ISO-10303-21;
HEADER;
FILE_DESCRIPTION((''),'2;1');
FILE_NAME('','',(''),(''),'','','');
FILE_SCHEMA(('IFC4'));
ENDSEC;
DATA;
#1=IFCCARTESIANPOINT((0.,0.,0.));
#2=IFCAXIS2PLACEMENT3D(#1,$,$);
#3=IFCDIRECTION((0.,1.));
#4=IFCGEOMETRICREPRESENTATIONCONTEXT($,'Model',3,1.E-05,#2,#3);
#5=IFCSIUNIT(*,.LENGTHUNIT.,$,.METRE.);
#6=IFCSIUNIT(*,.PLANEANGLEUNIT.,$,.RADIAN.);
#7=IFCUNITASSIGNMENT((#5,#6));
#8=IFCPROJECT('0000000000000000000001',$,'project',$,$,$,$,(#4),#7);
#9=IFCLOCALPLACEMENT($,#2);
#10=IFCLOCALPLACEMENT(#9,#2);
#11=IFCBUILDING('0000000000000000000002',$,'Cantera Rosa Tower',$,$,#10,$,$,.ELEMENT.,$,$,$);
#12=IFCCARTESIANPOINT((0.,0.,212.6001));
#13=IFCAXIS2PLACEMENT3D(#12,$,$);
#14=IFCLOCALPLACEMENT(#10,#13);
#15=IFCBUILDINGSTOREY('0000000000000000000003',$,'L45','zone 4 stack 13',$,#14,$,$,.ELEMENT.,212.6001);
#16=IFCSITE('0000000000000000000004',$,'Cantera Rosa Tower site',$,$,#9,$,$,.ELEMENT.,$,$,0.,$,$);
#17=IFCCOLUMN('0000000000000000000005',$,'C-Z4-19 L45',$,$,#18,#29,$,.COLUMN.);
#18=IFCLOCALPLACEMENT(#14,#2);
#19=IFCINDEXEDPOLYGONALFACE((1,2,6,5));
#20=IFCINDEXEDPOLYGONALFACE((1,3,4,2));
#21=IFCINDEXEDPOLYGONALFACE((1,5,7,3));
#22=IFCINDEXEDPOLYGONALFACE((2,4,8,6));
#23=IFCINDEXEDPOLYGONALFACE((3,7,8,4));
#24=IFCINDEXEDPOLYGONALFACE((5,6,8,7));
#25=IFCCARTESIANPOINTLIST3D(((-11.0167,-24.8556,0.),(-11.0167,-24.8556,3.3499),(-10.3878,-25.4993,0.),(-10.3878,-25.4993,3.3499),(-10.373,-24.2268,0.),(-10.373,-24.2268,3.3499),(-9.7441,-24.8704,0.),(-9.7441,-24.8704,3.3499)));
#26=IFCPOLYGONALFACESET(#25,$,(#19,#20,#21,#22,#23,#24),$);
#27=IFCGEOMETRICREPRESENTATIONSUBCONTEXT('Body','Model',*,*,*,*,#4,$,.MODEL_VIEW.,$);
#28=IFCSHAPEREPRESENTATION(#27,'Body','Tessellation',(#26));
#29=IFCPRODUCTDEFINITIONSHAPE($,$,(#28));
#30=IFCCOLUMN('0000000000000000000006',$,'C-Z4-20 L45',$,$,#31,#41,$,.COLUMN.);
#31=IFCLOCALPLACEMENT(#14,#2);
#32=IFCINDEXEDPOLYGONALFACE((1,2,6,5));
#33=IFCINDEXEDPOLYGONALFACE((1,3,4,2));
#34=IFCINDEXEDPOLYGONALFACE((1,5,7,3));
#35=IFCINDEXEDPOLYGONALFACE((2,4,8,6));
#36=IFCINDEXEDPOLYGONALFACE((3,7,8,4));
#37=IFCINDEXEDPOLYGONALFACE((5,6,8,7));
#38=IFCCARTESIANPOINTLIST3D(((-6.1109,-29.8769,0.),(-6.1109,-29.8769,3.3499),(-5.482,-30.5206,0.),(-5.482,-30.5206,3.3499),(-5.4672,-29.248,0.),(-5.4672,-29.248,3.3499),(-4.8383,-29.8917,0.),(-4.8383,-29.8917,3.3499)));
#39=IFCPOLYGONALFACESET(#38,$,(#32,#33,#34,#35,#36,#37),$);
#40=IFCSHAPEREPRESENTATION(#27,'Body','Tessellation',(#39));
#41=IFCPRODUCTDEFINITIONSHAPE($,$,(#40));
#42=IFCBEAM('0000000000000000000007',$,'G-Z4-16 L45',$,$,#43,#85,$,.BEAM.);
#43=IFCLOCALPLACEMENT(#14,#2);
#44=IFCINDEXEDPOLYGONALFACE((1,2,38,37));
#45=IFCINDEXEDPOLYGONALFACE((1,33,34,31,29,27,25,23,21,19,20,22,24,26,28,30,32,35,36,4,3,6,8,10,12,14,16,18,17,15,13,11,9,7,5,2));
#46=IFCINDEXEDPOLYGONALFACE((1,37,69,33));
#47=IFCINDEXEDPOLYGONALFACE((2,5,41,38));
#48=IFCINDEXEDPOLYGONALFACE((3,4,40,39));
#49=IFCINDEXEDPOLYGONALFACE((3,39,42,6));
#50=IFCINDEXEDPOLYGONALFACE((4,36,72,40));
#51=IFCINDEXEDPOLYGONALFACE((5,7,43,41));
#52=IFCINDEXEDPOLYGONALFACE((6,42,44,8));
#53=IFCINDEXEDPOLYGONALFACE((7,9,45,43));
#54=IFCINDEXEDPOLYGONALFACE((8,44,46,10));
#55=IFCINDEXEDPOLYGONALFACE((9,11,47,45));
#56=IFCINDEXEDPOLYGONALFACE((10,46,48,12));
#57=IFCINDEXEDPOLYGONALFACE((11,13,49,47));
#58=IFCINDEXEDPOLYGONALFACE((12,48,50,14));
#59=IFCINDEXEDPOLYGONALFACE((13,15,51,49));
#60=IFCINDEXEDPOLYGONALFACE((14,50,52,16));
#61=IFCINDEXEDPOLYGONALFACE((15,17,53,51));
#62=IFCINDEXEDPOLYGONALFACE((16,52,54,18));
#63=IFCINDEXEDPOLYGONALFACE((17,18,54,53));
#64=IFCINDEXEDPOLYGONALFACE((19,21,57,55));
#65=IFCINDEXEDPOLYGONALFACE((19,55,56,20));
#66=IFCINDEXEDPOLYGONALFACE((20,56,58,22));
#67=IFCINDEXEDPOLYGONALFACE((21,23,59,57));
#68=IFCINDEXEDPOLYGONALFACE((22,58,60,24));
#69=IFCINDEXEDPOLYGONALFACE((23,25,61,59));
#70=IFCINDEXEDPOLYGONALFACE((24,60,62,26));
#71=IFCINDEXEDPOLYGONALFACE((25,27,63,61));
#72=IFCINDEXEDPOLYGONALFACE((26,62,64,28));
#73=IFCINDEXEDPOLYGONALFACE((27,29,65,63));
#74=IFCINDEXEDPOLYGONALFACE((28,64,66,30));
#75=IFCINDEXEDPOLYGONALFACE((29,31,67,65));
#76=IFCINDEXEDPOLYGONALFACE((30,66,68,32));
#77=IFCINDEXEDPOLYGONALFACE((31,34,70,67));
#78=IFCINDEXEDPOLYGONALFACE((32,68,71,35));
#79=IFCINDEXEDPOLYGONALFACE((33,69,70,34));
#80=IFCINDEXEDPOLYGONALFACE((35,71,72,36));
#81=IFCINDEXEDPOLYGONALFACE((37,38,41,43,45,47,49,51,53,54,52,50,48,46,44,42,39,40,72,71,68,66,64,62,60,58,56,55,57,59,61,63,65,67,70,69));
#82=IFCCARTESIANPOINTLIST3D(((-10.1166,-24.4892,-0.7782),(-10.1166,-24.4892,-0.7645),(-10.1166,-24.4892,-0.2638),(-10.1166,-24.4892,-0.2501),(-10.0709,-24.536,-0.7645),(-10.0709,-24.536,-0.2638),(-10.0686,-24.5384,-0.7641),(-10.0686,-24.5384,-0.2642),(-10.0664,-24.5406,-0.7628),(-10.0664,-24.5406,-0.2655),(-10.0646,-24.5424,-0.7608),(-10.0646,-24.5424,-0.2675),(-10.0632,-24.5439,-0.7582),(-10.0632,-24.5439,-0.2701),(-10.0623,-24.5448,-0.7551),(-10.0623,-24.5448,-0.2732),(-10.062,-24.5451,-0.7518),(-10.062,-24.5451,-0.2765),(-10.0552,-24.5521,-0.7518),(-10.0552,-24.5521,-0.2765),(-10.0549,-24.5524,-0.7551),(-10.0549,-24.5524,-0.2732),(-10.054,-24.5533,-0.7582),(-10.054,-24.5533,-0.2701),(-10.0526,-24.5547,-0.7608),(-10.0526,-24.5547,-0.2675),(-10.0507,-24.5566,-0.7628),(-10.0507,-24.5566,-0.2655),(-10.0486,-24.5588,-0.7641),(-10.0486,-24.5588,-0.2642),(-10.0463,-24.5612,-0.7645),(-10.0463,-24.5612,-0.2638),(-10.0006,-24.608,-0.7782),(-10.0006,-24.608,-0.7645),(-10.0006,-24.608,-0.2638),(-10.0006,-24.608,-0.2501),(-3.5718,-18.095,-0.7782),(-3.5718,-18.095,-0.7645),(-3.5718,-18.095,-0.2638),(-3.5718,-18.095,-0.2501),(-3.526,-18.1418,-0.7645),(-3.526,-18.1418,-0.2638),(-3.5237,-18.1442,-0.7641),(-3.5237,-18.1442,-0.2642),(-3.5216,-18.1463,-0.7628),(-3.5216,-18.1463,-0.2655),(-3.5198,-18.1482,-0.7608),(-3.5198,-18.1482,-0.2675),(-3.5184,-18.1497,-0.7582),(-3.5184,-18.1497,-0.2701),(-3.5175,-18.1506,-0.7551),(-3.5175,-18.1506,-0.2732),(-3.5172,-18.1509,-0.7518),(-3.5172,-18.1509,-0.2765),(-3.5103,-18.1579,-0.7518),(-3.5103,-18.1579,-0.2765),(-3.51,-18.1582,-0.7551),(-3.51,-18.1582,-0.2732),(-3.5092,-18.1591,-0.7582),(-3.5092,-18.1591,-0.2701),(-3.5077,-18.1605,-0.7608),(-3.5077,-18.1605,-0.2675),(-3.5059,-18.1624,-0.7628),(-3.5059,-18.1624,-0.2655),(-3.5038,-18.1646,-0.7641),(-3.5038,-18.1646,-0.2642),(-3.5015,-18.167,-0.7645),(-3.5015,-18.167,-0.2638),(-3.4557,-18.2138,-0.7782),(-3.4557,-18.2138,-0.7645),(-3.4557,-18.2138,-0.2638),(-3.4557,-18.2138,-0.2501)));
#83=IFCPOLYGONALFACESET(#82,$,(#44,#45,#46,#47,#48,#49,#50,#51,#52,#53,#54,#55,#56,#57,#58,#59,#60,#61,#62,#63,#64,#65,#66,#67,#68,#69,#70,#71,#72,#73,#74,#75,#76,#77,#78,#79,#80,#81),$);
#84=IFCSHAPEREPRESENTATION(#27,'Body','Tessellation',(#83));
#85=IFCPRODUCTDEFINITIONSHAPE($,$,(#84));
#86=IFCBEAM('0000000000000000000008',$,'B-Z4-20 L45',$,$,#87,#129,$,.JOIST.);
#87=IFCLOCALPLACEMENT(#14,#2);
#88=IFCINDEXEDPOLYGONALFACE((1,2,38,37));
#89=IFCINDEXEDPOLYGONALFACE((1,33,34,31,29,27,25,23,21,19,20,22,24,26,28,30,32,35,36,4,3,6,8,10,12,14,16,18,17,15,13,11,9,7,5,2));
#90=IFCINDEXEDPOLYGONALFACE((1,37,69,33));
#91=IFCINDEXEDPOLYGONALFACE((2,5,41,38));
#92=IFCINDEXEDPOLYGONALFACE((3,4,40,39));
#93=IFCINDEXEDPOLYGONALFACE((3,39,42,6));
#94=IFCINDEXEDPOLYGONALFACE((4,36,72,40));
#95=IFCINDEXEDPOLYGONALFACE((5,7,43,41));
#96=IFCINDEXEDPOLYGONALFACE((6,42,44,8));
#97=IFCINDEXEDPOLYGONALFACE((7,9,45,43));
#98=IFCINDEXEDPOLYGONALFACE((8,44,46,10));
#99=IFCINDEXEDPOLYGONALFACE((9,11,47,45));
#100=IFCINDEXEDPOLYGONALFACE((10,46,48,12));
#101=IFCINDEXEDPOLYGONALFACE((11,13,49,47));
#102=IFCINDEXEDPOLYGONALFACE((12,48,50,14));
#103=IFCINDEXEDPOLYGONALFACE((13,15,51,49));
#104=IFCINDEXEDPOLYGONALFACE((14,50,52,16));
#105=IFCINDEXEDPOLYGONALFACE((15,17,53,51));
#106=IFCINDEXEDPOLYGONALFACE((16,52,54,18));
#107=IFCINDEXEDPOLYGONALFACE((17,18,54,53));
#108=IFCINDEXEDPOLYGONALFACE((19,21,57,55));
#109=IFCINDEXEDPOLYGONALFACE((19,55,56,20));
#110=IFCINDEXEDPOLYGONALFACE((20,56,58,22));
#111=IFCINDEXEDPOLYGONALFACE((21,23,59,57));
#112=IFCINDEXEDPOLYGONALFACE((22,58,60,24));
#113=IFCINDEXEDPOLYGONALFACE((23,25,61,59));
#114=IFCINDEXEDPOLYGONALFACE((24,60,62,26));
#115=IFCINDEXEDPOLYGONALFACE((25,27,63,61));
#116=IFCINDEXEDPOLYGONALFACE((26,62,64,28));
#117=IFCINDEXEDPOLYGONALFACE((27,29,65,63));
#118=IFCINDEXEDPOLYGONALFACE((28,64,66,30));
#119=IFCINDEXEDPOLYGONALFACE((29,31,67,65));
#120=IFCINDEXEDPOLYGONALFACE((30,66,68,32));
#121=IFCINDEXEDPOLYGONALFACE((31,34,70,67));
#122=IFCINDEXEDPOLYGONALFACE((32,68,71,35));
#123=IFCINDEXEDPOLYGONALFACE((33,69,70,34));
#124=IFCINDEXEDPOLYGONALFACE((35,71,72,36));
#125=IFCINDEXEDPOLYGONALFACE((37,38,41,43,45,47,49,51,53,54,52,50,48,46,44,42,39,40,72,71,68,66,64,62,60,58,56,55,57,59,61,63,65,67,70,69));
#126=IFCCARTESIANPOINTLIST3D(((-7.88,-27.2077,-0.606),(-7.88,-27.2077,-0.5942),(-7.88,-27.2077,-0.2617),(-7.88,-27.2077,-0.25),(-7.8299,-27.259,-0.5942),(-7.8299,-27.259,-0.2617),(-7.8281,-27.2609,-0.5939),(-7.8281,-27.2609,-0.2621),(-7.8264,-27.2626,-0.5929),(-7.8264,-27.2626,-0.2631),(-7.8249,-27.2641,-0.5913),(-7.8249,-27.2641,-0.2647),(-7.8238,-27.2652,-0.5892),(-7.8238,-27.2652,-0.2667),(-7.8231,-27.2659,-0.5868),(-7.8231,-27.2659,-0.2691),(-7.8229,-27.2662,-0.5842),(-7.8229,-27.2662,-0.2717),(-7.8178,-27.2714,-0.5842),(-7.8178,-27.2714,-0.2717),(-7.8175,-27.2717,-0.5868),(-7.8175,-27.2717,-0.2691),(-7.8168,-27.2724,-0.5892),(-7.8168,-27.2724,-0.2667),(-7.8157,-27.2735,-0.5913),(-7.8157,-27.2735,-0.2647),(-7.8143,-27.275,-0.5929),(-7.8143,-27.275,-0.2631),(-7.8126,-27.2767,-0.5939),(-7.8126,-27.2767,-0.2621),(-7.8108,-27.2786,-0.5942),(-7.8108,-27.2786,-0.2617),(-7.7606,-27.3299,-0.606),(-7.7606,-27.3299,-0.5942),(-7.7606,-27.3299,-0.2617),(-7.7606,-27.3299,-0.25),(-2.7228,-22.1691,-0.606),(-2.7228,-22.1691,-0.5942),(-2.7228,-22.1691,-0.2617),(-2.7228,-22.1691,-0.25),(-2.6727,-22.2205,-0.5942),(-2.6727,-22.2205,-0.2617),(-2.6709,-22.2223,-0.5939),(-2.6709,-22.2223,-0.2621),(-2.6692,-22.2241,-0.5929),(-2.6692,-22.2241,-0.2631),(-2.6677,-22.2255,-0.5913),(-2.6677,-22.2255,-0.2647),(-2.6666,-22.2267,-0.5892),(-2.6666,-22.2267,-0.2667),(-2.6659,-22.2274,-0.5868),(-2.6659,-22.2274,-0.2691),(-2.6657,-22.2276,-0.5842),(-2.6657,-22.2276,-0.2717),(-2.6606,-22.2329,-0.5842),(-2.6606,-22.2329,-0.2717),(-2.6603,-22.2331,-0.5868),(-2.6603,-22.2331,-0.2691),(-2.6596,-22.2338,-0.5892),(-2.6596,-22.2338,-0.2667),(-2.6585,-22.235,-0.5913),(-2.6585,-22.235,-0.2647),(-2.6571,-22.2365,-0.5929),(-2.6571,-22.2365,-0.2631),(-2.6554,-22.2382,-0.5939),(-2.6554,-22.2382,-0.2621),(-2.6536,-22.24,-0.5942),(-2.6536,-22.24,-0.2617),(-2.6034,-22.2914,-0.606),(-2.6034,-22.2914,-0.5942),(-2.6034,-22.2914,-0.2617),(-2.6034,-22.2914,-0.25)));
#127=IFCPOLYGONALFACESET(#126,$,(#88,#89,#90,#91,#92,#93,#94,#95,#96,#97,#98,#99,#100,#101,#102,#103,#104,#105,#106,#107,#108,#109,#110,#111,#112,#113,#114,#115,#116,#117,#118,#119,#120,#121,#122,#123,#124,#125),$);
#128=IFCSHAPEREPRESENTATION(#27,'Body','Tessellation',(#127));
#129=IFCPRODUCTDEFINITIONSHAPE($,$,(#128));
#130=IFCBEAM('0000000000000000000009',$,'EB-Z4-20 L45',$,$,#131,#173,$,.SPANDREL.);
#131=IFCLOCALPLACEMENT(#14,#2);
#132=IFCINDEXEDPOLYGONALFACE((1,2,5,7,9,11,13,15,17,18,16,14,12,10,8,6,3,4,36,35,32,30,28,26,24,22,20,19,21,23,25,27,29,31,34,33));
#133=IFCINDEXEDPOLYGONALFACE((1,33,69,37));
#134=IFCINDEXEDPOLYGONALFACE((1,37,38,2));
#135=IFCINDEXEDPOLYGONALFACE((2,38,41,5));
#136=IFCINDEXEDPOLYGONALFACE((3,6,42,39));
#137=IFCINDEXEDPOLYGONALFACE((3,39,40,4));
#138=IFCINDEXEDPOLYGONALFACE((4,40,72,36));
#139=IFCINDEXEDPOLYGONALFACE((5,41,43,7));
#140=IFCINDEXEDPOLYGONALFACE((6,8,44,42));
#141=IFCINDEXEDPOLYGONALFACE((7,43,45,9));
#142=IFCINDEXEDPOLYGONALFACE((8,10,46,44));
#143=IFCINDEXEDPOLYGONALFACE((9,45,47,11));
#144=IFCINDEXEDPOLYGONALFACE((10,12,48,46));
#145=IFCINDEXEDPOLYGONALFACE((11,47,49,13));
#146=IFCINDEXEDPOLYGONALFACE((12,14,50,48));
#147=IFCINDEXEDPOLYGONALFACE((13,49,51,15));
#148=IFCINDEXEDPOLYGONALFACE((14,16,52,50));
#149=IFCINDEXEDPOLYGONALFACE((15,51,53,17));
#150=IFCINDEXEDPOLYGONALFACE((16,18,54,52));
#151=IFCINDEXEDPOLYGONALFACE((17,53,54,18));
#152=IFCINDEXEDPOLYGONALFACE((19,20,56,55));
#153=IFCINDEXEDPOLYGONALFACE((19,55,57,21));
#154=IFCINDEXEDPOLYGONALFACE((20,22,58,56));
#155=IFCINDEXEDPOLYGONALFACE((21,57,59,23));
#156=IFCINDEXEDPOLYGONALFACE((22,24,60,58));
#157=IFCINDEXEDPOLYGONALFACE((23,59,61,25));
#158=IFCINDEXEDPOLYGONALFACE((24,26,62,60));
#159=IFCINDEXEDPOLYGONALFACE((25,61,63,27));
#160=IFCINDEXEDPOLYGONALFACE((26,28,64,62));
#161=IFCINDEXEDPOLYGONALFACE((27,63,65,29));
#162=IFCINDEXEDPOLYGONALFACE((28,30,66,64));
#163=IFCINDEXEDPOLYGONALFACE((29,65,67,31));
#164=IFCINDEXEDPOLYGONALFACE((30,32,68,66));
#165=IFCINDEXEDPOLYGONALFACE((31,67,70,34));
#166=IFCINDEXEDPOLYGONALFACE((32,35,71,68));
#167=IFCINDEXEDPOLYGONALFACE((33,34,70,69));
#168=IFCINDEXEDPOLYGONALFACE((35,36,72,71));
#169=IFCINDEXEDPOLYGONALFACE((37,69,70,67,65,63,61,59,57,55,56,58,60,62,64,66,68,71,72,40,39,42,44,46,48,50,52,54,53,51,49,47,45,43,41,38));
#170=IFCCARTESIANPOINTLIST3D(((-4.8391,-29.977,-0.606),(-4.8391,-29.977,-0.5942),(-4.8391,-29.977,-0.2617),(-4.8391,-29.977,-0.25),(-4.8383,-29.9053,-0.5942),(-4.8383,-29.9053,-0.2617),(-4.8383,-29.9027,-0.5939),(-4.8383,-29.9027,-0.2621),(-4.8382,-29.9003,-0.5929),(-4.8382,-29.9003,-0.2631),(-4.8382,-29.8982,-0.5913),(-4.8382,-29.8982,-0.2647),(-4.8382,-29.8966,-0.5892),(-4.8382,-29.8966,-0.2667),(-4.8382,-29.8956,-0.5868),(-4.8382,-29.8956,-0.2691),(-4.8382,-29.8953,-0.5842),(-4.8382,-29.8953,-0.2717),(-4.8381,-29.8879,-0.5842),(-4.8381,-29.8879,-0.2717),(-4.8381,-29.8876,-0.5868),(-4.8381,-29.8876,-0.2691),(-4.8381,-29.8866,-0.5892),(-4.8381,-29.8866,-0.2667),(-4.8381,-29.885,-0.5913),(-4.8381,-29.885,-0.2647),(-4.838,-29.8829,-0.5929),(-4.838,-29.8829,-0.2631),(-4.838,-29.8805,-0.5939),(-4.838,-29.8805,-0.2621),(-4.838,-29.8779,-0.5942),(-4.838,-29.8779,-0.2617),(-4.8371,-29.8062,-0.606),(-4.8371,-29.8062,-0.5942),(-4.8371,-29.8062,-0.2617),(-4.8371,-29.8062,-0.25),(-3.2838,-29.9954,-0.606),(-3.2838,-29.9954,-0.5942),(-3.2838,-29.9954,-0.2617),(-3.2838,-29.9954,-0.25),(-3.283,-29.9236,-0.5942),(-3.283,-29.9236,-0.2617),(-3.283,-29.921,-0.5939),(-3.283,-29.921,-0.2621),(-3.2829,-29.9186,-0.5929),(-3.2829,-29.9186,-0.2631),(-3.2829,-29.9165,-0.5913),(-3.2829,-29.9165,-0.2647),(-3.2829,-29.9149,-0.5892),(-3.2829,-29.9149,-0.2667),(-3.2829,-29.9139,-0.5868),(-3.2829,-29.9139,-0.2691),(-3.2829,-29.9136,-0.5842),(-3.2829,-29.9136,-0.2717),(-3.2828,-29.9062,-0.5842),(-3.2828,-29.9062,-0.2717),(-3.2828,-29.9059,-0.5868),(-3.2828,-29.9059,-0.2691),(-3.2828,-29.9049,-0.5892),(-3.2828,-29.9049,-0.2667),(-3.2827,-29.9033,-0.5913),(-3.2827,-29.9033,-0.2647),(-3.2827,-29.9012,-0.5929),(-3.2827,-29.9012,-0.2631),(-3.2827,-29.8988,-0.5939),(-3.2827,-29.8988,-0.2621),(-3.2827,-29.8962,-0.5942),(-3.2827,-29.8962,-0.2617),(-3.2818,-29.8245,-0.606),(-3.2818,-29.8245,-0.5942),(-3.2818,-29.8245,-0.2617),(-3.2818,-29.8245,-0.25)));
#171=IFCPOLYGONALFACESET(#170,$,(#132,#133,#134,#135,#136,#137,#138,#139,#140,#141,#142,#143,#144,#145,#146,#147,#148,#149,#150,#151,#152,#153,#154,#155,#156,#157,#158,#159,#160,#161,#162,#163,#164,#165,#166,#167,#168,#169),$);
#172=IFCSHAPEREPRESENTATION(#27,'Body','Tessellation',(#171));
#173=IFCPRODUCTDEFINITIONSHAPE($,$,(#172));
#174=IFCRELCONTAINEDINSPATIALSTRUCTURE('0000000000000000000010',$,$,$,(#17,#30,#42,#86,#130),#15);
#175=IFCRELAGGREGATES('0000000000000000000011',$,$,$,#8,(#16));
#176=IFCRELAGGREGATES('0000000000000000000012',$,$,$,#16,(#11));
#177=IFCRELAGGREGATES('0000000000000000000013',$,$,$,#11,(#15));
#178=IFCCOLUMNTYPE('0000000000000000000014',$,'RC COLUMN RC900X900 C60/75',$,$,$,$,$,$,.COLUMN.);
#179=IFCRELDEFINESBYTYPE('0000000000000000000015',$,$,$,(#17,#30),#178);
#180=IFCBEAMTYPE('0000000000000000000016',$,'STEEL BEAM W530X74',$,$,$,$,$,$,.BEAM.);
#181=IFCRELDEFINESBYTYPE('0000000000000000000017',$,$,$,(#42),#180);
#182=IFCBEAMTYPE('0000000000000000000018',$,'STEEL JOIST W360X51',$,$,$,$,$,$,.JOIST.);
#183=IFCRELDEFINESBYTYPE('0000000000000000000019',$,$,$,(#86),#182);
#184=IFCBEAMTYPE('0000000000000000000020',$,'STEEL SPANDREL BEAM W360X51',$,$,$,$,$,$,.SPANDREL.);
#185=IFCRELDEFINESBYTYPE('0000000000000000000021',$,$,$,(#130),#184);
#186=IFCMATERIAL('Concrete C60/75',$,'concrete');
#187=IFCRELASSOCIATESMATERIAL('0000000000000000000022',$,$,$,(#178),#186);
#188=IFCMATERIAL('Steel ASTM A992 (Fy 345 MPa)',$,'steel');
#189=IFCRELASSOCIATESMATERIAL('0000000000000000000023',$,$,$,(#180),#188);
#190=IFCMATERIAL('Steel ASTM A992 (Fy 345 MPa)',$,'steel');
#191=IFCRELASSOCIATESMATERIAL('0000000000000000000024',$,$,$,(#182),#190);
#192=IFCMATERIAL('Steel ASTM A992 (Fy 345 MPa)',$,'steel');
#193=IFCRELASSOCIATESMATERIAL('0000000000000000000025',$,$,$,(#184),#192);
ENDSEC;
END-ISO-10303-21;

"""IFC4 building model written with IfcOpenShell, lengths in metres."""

from ifc_helpers import new_model, si_unit, direction, frame, origin, origin_2d, place, context, subcontext, project, spatial, rectangle, i_section, extrude, material, material_profile, profile_set, type_object, element, save


model = new_model("IFC4")

# Units and contexts
model_context = context("Model", 3, precision=1e-05, world=origin(), true_north=direction((0.0, 1.0)))
body_context = subcontext(model_context, "Body", "Model", "MODEL_VIEW")
ifc_project = project(units=[si_unit("LENGTHUNIT", "METRE"), si_unit("PLANEANGLEUNIT", "RADIAN")], contexts=[model_context])

# Site, building, storey
site_placement = place(None, origin())
site = spatial("IfcSite", under=ifc_project, at=site_placement, Name="Cantera Rosa Tower site", CompositionType="ELEMENT", RefElevation=0.0)
building_placement = place(site_placement, origin())
building = spatial("IfcBuilding", under=site, at=building_placement, Name="Cantera Rosa Tower", CompositionType="ELEMENT")
storey_placement = place(building_placement, frame((0.0, 0.0, 212.6001)))
storey = spatial("IfcBuildingStorey", under=building, at=storey_placement, Name="L45", Description="zone 4 stack 13", CompositionType="ELEMENT", Elevation=212.6001)

# Columns
ifc_material_1 = material(Name="Concrete C60/75", Category="concrete")
ifc_material_profile_1 = material_profile(ifc_material_1, rectangle(XDim=0.8999, YDim=0.8999, at=origin_2d()), Name="RC COLUMN RC900X900 C60/75")
ifc_profile_set_1 = profile_set([ifc_material_profile_1], Name="Concrete C60/75")
column_type = type_object("IfcColumnType", Name="RC COLUMN RC900X900 C60/75", PredefinedType="COLUMN", material=ifc_profile_set_1)
for number, where, z_axis, x_axis, name in (
    (1, (-10.3804, -24.863, 0.0), (0.0, 0.0, 1.0), (0.715286, 0.698832, 0.0), "C-Z4-19 L45"),
    (2, (-5.4746, -29.8843, 0.0), (0.0, 0.0, 1.0), (0.715286, 0.698832, 0.0), "C-Z4-20 L45"),
):
    element("IfcColumn", number, at=place(storey_placement, frame(where, z_axis=z_axis, x_axis=x_axis)), inside=storey, type_object=column_type, Name=name, PredefinedType="COLUMN", context=body_context, shape_type="SweptSolid", body=[
        extrude(rectangle(XDim=0.8999, YDim=0.8999, at=origin_2d()), origin(), (0.0, 0.0, 1.0), 3.3499),
    ])

# Beams
ifc_material_2 = material(Name="Steel ASTM A992 (Fy 345 MPa)", Category="steel")
ifc_material_profile_2 = material_profile(ifc_material_2, i_section(OverallWidth=0.166, OverallDepth=0.5281, WebThickness=0.0098, FlangeThickness=0.0137, FilletRadius=0.0127, at=origin_2d()), Name="W530X74")
ifc_profile_set_2 = profile_set([ifc_material_profile_2], Name="Steel ASTM A992 (Fy 345 MPa)")
beam_type_1 = type_object("IfcBeamType", Name="STEEL BEAM W530X74", PredefinedType="BEAM", material=ifc_profile_set_2)
beam_1_placement = place(storey_placement, frame((-10.0586, -24.5486, -0.5142), z_axis=(0.71529, 0.698827, 0.0), x_axis=(-0.698827, 0.71529, 0.0)))
element("IfcBeam", 3, at=beam_1_placement, inside=storey, type_object=beam_type_1, Name="G-Z4-16 L45", PredefinedType="BEAM", context=body_context, shape_type="SweptSolid", body=[
    extrude(i_section(OverallWidth=0.166, OverallDepth=0.5281, WebThickness=0.0098, FlangeThickness=0.0137, FilletRadius=0.0127, at=origin_2d()), origin(), (0.0, 0.0, 1.0), 9.1499),
])
ifc_material_3 = material(Name="Steel ASTM A992 (Fy 345 MPa)", Category="steel")
ifc_material_profile_3 = material_profile(ifc_material_3, i_section(OverallWidth=0.1709, OverallDepth=0.356, WebThickness=0.0073, FlangeThickness=0.0117, FilletRadius=0.01, at=origin_2d()), Name="W360X51")
ifc_profile_set_3 = profile_set([ifc_material_profile_3], Name="Steel ASTM A992 (Fy 345 MPa)")
beam_type_2 = type_object("IfcBeamType", Name="STEEL JOIST W360X51", PredefinedType="JOIST", material=ifc_profile_set_3)
beam_2_placement = place(storey_placement, frame((-7.8203, -27.2688, -0.428), z_axis=(0.715287, 0.698831, 0.0), x_axis=(-0.698831, 0.715287, 0.0)))
element("IfcBeam", 4, at=beam_2_placement, inside=storey, type_object=beam_type_2, Name="B-Z4-20 L45", PredefinedType="JOIST", context=body_context, shape_type="SweptSolid", body=[
    extrude(i_section(OverallWidth=0.1709, OverallDepth=0.356, WebThickness=0.0073, FlangeThickness=0.0117, FilletRadius=0.01, at=origin_2d()), origin(), (0.0, 0.0, 1.0), 7.21),
])
ifc_material_4 = material(Name="Steel ASTM A992 (Fy 345 MPa)", Category="steel")
ifc_material_profile_4 = material_profile(ifc_material_4, i_section(OverallWidth=0.1709, OverallDepth=0.356, WebThickness=0.0073, FlangeThickness=0.0117, FilletRadius=0.01, at=origin_2d()), Name="W360X51")
ifc_profile_set_4 = profile_set([ifc_material_profile_4], Name="Steel ASTM A992 (Fy 345 MPa)")
beam_type_3 = type_object("IfcBeamType", Name="STEEL SPANDREL BEAM W360X51", PredefinedType="SPANDREL", material=ifc_profile_set_4)
beam_3_placement = place(storey_placement, frame((-4.8381, -29.8916, -0.428), z_axis=(0.999931, -0.011771, 0.0), x_axis=(0.011771, 0.999931, 0.0)))
element("IfcBeam", 5, at=beam_3_placement, inside=storey, type_object=beam_type_3, Name="EB-Z4-20 L45", PredefinedType="SPANDREL", context=body_context, shape_type="SweptSolid", body=[
    extrude(i_section(OverallWidth=0.1709, OverallDepth=0.356, WebThickness=0.0073, FlangeThickness=0.0117, FilletRadius=0.01, at=origin_2d()), origin(), (0.0, 0.0, 1.0), 1.5554),
])

save(model, "model.ifc")
